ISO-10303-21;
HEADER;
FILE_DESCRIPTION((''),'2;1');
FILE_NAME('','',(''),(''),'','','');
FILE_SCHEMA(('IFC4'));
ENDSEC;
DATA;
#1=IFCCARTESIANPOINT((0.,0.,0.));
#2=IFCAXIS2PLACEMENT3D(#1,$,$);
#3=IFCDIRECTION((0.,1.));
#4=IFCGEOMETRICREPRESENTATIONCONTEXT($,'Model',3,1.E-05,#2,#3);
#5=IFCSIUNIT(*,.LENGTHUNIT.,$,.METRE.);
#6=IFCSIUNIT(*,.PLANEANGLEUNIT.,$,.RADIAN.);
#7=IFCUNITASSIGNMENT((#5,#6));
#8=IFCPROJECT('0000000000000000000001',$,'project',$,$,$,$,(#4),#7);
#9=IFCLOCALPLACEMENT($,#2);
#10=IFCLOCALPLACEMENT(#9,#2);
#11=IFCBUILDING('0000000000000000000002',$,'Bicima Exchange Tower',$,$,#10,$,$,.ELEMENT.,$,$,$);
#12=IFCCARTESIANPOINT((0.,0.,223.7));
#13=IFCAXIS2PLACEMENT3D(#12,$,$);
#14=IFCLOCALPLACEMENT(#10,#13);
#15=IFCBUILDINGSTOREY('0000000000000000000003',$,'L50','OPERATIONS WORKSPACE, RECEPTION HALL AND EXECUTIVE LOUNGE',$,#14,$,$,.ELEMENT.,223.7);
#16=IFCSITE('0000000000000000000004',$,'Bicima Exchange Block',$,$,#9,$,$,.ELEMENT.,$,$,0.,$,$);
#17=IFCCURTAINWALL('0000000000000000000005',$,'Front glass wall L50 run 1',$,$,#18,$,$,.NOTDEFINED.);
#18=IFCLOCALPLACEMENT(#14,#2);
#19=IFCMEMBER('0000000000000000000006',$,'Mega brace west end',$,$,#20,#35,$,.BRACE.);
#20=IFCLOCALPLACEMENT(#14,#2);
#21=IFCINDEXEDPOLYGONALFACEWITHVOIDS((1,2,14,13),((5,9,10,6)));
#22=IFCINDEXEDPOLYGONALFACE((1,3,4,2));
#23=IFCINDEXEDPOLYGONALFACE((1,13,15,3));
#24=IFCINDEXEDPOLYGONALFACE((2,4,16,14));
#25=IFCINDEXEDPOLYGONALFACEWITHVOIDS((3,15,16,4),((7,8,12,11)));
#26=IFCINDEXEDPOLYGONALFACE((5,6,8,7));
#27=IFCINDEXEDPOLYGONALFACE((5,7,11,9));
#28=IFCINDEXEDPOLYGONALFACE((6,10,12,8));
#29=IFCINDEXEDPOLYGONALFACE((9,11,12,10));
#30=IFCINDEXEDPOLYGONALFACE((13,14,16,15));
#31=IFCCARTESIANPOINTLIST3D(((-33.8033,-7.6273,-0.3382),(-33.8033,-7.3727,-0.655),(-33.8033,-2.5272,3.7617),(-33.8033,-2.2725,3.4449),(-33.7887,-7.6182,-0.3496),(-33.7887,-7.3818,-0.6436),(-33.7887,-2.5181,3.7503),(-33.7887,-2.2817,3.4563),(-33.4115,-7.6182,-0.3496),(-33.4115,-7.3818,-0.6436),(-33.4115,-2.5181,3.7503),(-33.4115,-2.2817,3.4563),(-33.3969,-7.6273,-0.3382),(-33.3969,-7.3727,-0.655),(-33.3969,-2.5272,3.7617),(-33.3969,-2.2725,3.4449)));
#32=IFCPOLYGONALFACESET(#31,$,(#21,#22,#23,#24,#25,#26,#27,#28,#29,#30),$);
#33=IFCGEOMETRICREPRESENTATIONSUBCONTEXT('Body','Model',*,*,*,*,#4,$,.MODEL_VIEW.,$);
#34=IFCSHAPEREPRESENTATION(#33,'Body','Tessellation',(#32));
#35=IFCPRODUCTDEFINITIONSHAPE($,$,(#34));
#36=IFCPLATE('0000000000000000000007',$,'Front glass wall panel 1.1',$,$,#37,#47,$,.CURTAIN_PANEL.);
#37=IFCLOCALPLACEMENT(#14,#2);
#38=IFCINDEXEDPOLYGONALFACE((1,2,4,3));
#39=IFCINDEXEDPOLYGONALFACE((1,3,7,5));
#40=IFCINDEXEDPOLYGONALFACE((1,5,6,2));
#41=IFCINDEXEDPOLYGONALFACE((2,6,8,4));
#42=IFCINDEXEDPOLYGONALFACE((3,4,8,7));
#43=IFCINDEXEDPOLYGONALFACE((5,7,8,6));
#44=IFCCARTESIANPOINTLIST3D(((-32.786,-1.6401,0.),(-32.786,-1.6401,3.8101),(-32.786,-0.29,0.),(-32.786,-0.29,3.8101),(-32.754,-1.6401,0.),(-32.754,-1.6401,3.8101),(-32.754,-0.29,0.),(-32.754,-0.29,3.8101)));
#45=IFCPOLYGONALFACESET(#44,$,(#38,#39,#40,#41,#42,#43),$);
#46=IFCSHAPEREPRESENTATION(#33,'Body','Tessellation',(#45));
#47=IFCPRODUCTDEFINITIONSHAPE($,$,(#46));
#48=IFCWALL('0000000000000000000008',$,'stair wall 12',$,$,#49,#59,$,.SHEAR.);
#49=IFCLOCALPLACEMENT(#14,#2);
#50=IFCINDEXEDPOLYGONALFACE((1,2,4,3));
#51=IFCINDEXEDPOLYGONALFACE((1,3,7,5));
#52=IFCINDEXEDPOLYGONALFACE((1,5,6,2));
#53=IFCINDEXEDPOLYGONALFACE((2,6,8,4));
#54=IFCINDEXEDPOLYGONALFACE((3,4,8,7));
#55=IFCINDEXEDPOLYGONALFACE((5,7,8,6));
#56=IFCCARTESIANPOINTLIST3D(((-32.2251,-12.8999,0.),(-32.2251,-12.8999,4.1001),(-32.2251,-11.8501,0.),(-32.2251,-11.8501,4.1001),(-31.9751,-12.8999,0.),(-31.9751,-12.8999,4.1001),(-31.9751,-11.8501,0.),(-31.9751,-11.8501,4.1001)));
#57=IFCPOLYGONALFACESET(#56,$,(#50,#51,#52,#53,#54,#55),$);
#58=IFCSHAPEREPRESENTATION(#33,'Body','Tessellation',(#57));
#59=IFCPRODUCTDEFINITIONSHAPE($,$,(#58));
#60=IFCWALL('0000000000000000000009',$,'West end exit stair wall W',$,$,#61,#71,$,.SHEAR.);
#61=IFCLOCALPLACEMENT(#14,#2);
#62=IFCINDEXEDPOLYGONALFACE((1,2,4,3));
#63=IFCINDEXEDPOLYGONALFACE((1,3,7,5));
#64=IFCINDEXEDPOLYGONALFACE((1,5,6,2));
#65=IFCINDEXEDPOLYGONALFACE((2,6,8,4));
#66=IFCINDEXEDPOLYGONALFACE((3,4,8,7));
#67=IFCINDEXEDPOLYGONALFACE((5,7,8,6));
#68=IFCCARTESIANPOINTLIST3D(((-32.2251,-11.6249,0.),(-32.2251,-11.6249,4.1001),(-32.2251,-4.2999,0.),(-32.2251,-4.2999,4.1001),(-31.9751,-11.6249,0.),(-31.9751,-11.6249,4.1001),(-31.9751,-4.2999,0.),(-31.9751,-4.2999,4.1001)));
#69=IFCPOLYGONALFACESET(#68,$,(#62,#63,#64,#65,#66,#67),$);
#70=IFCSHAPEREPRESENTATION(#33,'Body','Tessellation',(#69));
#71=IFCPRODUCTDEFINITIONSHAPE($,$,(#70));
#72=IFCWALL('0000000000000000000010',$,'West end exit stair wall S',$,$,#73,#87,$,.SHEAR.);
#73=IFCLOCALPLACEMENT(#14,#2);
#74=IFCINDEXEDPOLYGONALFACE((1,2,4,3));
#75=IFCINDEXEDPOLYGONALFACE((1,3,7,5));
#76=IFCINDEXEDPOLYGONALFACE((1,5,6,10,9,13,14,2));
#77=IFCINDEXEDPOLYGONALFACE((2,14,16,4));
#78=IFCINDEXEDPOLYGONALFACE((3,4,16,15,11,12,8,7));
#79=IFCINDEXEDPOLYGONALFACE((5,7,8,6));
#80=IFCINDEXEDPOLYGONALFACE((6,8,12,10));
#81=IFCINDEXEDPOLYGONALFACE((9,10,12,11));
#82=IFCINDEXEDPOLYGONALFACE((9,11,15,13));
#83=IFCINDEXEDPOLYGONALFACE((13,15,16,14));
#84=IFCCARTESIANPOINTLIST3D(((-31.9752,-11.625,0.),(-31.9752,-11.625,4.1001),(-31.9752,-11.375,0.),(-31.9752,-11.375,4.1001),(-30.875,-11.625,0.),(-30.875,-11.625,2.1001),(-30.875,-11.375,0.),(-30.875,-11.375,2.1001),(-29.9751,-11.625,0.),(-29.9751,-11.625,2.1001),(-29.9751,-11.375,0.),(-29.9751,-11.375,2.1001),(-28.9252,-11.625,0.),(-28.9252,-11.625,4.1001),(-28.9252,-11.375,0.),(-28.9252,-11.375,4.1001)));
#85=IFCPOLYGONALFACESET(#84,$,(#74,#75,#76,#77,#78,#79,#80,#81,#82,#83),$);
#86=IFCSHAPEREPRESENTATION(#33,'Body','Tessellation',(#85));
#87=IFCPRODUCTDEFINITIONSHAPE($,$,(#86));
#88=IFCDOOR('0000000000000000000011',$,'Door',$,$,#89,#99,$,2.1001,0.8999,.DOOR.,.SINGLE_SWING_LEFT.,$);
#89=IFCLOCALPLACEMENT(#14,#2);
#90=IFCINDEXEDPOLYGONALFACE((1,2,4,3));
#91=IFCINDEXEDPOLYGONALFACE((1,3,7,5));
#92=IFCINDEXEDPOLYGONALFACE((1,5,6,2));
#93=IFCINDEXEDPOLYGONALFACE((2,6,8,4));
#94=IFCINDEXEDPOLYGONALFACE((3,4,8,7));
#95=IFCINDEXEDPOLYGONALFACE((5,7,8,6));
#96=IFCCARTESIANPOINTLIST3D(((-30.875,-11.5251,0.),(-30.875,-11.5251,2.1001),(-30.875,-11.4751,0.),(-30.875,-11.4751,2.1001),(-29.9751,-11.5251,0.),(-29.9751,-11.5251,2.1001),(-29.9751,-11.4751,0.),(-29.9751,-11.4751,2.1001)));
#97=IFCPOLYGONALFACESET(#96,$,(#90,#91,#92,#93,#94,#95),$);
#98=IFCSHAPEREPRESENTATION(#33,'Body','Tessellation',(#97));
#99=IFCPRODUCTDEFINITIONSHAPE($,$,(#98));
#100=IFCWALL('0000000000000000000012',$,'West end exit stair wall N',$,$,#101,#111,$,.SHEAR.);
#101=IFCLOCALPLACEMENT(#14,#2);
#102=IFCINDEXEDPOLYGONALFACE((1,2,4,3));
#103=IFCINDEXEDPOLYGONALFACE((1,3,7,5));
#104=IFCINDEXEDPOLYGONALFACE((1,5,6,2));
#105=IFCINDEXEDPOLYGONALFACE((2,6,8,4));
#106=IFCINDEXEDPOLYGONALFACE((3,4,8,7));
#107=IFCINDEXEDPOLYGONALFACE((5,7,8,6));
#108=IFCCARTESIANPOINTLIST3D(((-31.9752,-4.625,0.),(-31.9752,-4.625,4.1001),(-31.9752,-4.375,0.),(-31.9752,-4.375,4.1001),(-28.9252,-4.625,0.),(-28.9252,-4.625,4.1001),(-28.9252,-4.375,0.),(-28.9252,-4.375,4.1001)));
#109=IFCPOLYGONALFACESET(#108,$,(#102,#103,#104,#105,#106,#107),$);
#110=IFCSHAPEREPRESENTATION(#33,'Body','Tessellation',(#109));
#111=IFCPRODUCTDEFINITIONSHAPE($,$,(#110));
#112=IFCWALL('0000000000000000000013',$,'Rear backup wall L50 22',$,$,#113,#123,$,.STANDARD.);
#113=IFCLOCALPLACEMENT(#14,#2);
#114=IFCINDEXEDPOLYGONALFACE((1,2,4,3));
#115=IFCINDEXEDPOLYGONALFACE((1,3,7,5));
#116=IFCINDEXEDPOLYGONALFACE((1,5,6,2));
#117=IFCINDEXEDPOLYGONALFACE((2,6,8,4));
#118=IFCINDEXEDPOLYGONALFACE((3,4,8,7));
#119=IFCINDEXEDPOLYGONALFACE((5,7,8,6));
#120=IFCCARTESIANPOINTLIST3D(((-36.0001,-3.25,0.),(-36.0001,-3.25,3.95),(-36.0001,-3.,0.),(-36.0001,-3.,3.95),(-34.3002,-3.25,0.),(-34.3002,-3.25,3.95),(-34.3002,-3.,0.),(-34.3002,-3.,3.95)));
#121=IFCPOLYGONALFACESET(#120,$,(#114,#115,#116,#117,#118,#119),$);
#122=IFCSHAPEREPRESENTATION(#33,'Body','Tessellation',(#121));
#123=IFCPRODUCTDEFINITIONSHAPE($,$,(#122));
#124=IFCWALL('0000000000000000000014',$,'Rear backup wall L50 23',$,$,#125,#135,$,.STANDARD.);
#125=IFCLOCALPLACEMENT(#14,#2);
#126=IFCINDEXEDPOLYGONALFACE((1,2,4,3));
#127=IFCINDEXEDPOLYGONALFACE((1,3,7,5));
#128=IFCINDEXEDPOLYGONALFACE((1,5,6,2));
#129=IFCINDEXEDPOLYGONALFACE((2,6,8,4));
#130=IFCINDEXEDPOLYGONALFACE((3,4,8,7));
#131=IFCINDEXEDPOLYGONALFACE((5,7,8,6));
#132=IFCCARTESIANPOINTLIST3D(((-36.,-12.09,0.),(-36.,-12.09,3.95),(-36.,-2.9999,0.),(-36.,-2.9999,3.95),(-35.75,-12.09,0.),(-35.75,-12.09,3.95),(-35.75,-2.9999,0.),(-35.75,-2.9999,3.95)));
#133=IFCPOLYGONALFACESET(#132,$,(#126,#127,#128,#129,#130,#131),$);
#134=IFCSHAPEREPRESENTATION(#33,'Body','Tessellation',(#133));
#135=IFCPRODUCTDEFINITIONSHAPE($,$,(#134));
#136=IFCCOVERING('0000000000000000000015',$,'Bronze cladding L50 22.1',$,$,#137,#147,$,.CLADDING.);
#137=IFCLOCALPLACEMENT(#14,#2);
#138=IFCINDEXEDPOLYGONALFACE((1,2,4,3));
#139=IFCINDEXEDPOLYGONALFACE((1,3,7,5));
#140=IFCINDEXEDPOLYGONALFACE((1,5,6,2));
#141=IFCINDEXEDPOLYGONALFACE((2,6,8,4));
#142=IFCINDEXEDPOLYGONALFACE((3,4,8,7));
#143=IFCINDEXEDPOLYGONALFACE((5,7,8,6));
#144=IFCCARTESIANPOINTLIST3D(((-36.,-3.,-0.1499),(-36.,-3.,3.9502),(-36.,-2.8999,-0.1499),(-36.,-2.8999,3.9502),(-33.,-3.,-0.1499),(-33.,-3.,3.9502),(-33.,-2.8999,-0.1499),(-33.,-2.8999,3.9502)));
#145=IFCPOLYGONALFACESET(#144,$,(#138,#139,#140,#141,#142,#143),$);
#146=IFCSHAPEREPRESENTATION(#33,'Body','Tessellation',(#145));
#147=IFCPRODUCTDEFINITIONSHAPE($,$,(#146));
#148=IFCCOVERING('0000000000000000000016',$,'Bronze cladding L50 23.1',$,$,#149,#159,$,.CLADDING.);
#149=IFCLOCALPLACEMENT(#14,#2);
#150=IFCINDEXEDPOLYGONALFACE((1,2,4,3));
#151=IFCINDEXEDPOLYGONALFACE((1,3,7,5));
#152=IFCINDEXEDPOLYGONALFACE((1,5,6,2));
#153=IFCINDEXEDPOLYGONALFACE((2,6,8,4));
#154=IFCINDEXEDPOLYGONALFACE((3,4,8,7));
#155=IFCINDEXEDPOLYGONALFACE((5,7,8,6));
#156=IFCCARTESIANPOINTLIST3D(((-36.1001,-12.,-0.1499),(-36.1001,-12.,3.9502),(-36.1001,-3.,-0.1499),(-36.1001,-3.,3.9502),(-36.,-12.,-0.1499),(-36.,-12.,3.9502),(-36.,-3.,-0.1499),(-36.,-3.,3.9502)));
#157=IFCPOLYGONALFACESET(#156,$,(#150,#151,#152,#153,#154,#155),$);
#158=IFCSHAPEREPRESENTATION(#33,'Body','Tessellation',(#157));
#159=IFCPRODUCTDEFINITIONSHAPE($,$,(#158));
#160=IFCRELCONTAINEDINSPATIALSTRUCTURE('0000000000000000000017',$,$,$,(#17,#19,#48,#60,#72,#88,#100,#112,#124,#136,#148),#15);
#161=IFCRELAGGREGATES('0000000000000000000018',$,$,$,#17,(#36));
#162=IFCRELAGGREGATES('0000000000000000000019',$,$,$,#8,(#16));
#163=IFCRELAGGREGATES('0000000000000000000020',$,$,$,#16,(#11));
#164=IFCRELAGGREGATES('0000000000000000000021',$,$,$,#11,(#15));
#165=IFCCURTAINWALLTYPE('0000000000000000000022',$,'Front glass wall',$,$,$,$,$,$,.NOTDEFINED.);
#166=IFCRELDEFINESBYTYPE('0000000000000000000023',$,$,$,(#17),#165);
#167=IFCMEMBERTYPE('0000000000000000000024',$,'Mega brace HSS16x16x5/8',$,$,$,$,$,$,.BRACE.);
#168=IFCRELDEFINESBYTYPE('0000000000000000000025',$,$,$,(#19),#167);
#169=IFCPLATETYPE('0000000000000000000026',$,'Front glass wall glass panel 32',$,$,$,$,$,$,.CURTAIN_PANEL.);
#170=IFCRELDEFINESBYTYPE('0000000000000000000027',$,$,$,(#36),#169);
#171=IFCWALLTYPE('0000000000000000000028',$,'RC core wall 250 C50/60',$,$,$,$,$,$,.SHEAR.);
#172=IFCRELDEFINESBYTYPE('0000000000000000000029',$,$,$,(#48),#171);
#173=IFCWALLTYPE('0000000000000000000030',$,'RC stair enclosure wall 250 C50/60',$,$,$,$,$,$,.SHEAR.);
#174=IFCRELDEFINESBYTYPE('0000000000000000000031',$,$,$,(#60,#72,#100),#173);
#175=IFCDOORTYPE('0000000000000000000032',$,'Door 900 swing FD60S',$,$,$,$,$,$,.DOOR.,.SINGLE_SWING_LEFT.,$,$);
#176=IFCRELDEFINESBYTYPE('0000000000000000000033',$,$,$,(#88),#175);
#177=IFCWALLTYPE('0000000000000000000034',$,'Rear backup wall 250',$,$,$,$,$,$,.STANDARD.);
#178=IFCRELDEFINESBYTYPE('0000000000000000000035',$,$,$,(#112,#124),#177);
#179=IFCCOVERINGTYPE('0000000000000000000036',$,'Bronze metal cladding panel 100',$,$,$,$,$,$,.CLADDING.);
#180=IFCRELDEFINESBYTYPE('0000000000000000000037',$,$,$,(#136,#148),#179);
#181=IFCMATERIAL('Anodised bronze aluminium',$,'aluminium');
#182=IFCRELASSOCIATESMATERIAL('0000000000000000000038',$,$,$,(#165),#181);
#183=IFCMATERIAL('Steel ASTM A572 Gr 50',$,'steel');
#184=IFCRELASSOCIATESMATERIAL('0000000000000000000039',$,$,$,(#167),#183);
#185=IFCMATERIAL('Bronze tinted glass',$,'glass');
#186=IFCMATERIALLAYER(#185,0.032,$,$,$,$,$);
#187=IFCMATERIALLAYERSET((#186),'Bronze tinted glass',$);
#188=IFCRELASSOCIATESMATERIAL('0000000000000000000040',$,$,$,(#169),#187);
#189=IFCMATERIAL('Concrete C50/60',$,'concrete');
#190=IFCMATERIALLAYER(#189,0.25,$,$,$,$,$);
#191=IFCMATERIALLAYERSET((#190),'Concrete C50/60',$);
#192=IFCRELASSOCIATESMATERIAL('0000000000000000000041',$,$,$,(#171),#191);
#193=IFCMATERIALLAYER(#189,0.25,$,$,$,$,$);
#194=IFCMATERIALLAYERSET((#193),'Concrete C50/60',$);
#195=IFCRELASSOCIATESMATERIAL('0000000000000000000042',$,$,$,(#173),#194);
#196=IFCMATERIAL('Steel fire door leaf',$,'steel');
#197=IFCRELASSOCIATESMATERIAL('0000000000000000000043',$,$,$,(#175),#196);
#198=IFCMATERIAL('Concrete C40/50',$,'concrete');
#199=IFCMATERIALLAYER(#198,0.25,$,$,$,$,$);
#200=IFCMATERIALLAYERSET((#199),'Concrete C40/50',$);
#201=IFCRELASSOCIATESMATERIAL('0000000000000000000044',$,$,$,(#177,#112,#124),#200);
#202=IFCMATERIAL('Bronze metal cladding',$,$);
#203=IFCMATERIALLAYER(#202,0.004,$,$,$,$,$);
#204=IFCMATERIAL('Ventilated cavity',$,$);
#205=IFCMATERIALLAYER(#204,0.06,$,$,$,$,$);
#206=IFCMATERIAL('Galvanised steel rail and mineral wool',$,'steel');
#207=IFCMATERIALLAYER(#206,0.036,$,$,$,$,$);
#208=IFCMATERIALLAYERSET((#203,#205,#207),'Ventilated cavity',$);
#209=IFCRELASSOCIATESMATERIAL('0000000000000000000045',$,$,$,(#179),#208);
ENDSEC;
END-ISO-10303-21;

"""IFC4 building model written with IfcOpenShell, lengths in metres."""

from ifc_helpers import new_model, si_unit, direction, frame, frame_2d, origin, origin_2d, place, context, subcontext, project, spatial, rectangle, hollow_rectangle, extrude, material, layer, layer_set, layer_usage, material_profile, profile_set, type_object, element, fill, aggregate, save


model = new_model("IFC4")

# Units and contexts
model_context = context("Model", 3, precision=1e-05, world=origin(), true_north=direction((0.0, 1.0)))
body_context = subcontext(model_context, "Body", "Model", "MODEL_VIEW")
ifc_project = project(units=[si_unit("LENGTHUNIT", "METRE"), si_unit("PLANEANGLEUNIT", "RADIAN")], contexts=[model_context])

# Site, building, storey
site_placement = place(None, origin())
site = spatial("IfcSite", under=ifc_project, at=site_placement, Name="Bicima Exchange Block", CompositionType="ELEMENT", RefElevation=0.0)
building_placement = place(site_placement, origin())
building = spatial("IfcBuilding", under=site, at=building_placement, Name="Bicima Exchange Tower", CompositionType="ELEMENT")
storey_placement = place(building_placement, frame((0.0, 0.0, 223.7)))
storey = spatial("IfcBuildingStorey", under=building, at=storey_placement, Name="L50", Description="OPERATIONS WORKSPACE, RECEPTION HALL AND EXECUTIVE LOUNGE", CompositionType="ELEMENT", Elevation=223.7)

# Shared definitions
ifc_material_1 = material(Name="Steel ASTM A572 Gr 50", Category="steel")

# Shared definitions
ifc_material_2 = material(Name="Anodised bronze aluminium", Category="aluminium")

# Curtain wall
curtain_wall_type_1 = type_object("IfcCurtainWallType", Name="Front glass wall", PredefinedType="NOTDEFINED", material=ifc_material_2)
curtain_wall_1_placement = place(storey_placement, origin())
curtain_wall_1 = element("IfcCurtainWall", 1, at=curtain_wall_1_placement, inside=storey, type_object=curtain_wall_type_1, Name="Front glass wall L50 run 1", PredefinedType="NOTDEFINED")

# Member
ifc_material_profile_1 = material_profile(ifc_material_1, hollow_rectangle(XDim=0.4065, YDim=0.4065, WallThickness=0.0146, at=origin_2d()))
ifc_profile_set_1 = profile_set([ifc_material_profile_1], Name="Steel ASTM A572 Gr 50")
member_type_1 = type_object("IfcMemberType", Name="Mega brace HSS16x16x5/8", PredefinedType="BRACE", material=ifc_profile_set_1)
for number, where, z_axis, x_axis, name in (
    (2, (-33.6001, -7.5, -0.4966), (0.0, 0.779392, 0.626536), (-1.0, 0.0, 0.0), "Mega brace west end"),
):
    element("IfcMember", number, at=place(storey_placement, frame(where, z_axis=z_axis, x_axis=x_axis)), inside=storey, type_object=member_type_1, Name=name, PredefinedType="BRACE", context=body_context, shape_type="SweptSolid", body=[
        extrude(hollow_rectangle(XDim=0.4065, YDim=0.4065, WallThickness=0.0146, at=origin_2d()), origin(), (0.0, 0.0, 1.0), 6.5437),
    ])

# Plate
ifc_material_3 = material(Name="Bronze tinted glass", Category="glass")
ifc_layer_1 = layer(ifc_material_3, 0.032)
ifc_layer_set_1 = layer_set([ifc_layer_1], Name="Bronze tinted glass")
plate_type = type_object("IfcPlateType", Name="Front glass wall glass panel 32", PredefinedType="CURTAIN_PANEL", material=ifc_layer_set_1)
plate_placement = place(storey_placement, frame((-32.77, -0.9651, 0.0), z_axis=(0.0, 0.0, 1.0), x_axis=(0.0, -1.0, 0.0)))
plate = element("IfcPlate", 3, at=plate_placement, type_object=plate_type, Name="Front glass wall panel 1.1", PredefinedType="CURTAIN_PANEL", context=body_context, shape_type="SweptSolid", body=[
    extrude(rectangle(XDim=1.3501, YDim=0.032, at=origin_2d()), origin(), (0.0, 0.0, 1.0), 3.8101),
])
aggregate(curtain_wall_1, [plate])

# Walls
ifc_material_4 = material(Name="Concrete C50/60", Category="concrete")
ifc_layer_2 = layer(ifc_material_4, 0.25)
ifc_layer_set_2 = layer_set([ifc_layer_2], Name="Concrete C50/60")
wall_type_1 = type_object("IfcWallType", Name="RC core wall 250 C50/60", PredefinedType="SHEAR", material=ifc_layer_set_2)
wall_1_placement = place(storey_placement, frame((-32.1001, -12.8999, 0.0), z_axis=(0.0, 0.0, 1.0), x_axis=(0.0, 1.0, 0.0)))
element("IfcWall", 4, at=wall_1_placement, inside=storey, type_object=wall_type_1, Name="stair wall 12", PredefinedType="SHEAR", context=body_context, shape_type="SweptSolid", body=[
    extrude(rectangle(XDim=1.0498, YDim=0.25, at=frame_2d((0.5249, 0.0))), origin(), (0.0, 0.0, 1.0), 4.1001),
])
ifc_layer_3 = layer(ifc_material_4, 0.25)
ifc_layer_set_3 = layer_set([ifc_layer_3], Name="Concrete C50/60")
wall_type_2 = type_object("IfcWallType", Name="RC stair enclosure wall 250 C50/60", PredefinedType="SHEAR", material=ifc_layer_set_3)
wall_2_placement = place(storey_placement, frame((-32.1001, -11.625, 0.0), z_axis=(0.0, 0.0, 1.0), x_axis=(0.0, 1.0, 0.0)))
element("IfcWall", 5, at=wall_2_placement, inside=storey, type_object=wall_type_2, Name="West end exit stair wall W", PredefinedType="SHEAR", context=body_context, shape_type="SweptSolid", body=[
    extrude(rectangle(XDim=7.325, YDim=0.25, at=frame_2d((3.6626, 0.0))), origin(), (0.0, 0.0, 1.0), 4.1001),
])

# Wall, opening, door
wall_3_placement = place(storey_placement, frame((-31.9751, -11.5, 0.0), z_axis=(0.0, 0.0, 1.0), x_axis=(1.0, 0.0, 0.0)))
wall_3 = element("IfcWall", 6, at=wall_3_placement, inside=storey, type_object=wall_type_2, Name="West end exit stair wall S", PredefinedType="SHEAR", context=body_context, shape_type="SweptSolid", body=[
    extrude(rectangle(XDim=3.05, YDim=0.25, at=frame_2d((1.5249, 0.0))), origin(), (0.0, 0.0, 1.0), 4.1001),
])
opening_placement = place(wall_3_placement, frame((1.1001, 0.0, 0.0)))
opening = element("IfcOpeningElement", 7, at=opening_placement, cuts=wall_3, PredefinedType="OPENING", context=body_context, shape_type="SweptSolid", body=[
    extrude(rectangle(XDim=0.8999, YDim=2.1001, at=frame_2d((0.45, 1.05))), frame((0.0, 0.137, 0.0), z_axis=(0.0, -1.0, 0.0), x_axis=(1.0, 0.0, 0.0)), (0.0, 0.0, 1.0), 0.2739),
])
ifc_material_5 = material(Name="Steel fire door leaf", Category="steel")
door_type = type_object("IfcDoorType", Name="Door 900 swing FD60S", OperationType="SINGLE_SWING_LEFT", PredefinedType="DOOR", material=ifc_material_5)
door_placement = place(opening_placement, origin())
door = element("IfcDoor", 8, at=door_placement, inside=storey, type_object=door_type, Name="Door", OperationType="SINGLE_SWING_LEFT", OverallHeight=2.1001, OverallWidth=0.8999, PredefinedType="DOOR", context=body_context, shape_type="SweptSolid", body=[
    extrude(rectangle(XDim=0.8999, YDim=2.1001, at=frame_2d((0.45, 1.05))), frame((0.0, 0.0249, 0.0), z_axis=(0.0, -1.0, 0.0), x_axis=(1.0, 0.0, 0.0)), (0.0, 0.0, 1.0), 0.05),
])
fill(opening, door)

# Walls
wall_4_placement = place(storey_placement, frame((-31.9751, -4.5, 0.0), z_axis=(0.0, 0.0, 1.0), x_axis=(1.0, 0.0, 0.0)))
element("IfcWall", 9, at=wall_4_placement, inside=storey, type_object=wall_type_2, Name="West end exit stair wall N", PredefinedType="SHEAR", context=body_context, shape_type="SweptSolid", body=[
    extrude(rectangle(XDim=3.05, YDim=0.25, at=frame_2d((1.5249, 0.0))), origin(), (0.0, 0.0, 1.0), 4.1001),
])
ifc_material_6 = material(Name="Concrete C40/50", Category="concrete")
ifc_layer_4 = layer(ifc_material_6, 0.25)
ifc_layer_set_4 = layer_set([ifc_layer_4], Name="Concrete C40/50")
ifc_layer_usage = layer_usage(ifc_layer_set_4, "AXIS2", "POSITIVE", -0.125)
wall_type_3 = type_object("IfcWallType", Name="Rear backup wall 250", PredefinedType="STANDARD", material=ifc_layer_set_4)
wall_5_placement = place(storey_placement, frame((-34.3, -3.125, 0.0), z_axis=(0.0, 0.0, 1.0), x_axis=(-1.0, 0.0, 0.0)))
element("IfcWall", 10, at=wall_5_placement, inside=storey, type_object=wall_type_3, material=ifc_layer_usage, Name="Rear backup wall L50 22", PredefinedType="STANDARD", context=body_context, shape_type="SweptSolid", body=[
    extrude(rectangle(XDim=1.7, YDim=0.25, at=frame_2d((0.8501, 0.0))), origin(), (0.0, 0.0, 1.0), 3.95),
])
wall_6_placement = place(storey_placement, frame((-35.875, -3.0, 0.0), z_axis=(0.0, 0.0, 1.0), x_axis=(0.0, -1.0, 0.0)))
element("IfcWall", 11, at=wall_6_placement, inside=storey, type_object=wall_type_3, material=ifc_layer_usage, Name="Rear backup wall L50 23", PredefinedType="STANDARD", context=body_context, shape_type="SweptSolid", body=[
    extrude(rectangle(XDim=9.0901, YDim=0.25, at=frame_2d((4.5449, 0.0))), origin(), (0.0, 0.0, 1.0), 3.95),
])

# Coverings
ifc_material_7 = material(Name="Bronze metal cladding")
ifc_layer_5 = layer(ifc_material_7, 0.004)
ifc_material_8 = material(Name="Ventilated cavity")
ifc_layer_6 = layer(ifc_material_8, 0.06)
ifc_material_9 = material(Name="Galvanised steel rail and mineral wool", Category="steel")
ifc_layer_7 = layer(ifc_material_9, 0.036)
ifc_layer_set_5 = layer_set([ifc_layer_5, ifc_layer_6, ifc_layer_7], Name="Ventilated cavity")
covering_type = type_object("IfcCoveringType", Name="Bronze metal cladding panel 100", PredefinedType="CLADDING", material=ifc_layer_set_5)
covering_1_placement = place(storey_placement, frame((-34.5, -2.95, -0.1499), z_axis=(0.0, 0.0, 1.0), x_axis=(-1.0, 0.0, 0.0)))
element("IfcCovering", 12, at=covering_1_placement, inside=storey, type_object=covering_type, Name="Bronze cladding L50 22.1", PredefinedType="CLADDING", context=body_context, shape_type="SweptSolid", body=[
    extrude(rectangle(XDim=3.0, YDim=0.1001, at=origin_2d()), origin(), (0.0, 0.0, 1.0), 4.1001),
])
covering_2_placement = place(storey_placement, frame((-36.05, -7.5, -0.1499), z_axis=(0.0, 0.0, 1.0), x_axis=(0.0, -1.0, 0.0)))
element("IfcCovering", 13, at=covering_2_placement, inside=storey, type_object=covering_type, Name="Bronze cladding L50 23.1", PredefinedType="CLADDING", context=body_context, shape_type="SweptSolid", body=[
    extrude(rectangle(XDim=9.0, YDim=0.1001, at=origin_2d()), origin(), (0.0, 0.0, 1.0), 4.1001),
])

save(model, "model.ifc")
